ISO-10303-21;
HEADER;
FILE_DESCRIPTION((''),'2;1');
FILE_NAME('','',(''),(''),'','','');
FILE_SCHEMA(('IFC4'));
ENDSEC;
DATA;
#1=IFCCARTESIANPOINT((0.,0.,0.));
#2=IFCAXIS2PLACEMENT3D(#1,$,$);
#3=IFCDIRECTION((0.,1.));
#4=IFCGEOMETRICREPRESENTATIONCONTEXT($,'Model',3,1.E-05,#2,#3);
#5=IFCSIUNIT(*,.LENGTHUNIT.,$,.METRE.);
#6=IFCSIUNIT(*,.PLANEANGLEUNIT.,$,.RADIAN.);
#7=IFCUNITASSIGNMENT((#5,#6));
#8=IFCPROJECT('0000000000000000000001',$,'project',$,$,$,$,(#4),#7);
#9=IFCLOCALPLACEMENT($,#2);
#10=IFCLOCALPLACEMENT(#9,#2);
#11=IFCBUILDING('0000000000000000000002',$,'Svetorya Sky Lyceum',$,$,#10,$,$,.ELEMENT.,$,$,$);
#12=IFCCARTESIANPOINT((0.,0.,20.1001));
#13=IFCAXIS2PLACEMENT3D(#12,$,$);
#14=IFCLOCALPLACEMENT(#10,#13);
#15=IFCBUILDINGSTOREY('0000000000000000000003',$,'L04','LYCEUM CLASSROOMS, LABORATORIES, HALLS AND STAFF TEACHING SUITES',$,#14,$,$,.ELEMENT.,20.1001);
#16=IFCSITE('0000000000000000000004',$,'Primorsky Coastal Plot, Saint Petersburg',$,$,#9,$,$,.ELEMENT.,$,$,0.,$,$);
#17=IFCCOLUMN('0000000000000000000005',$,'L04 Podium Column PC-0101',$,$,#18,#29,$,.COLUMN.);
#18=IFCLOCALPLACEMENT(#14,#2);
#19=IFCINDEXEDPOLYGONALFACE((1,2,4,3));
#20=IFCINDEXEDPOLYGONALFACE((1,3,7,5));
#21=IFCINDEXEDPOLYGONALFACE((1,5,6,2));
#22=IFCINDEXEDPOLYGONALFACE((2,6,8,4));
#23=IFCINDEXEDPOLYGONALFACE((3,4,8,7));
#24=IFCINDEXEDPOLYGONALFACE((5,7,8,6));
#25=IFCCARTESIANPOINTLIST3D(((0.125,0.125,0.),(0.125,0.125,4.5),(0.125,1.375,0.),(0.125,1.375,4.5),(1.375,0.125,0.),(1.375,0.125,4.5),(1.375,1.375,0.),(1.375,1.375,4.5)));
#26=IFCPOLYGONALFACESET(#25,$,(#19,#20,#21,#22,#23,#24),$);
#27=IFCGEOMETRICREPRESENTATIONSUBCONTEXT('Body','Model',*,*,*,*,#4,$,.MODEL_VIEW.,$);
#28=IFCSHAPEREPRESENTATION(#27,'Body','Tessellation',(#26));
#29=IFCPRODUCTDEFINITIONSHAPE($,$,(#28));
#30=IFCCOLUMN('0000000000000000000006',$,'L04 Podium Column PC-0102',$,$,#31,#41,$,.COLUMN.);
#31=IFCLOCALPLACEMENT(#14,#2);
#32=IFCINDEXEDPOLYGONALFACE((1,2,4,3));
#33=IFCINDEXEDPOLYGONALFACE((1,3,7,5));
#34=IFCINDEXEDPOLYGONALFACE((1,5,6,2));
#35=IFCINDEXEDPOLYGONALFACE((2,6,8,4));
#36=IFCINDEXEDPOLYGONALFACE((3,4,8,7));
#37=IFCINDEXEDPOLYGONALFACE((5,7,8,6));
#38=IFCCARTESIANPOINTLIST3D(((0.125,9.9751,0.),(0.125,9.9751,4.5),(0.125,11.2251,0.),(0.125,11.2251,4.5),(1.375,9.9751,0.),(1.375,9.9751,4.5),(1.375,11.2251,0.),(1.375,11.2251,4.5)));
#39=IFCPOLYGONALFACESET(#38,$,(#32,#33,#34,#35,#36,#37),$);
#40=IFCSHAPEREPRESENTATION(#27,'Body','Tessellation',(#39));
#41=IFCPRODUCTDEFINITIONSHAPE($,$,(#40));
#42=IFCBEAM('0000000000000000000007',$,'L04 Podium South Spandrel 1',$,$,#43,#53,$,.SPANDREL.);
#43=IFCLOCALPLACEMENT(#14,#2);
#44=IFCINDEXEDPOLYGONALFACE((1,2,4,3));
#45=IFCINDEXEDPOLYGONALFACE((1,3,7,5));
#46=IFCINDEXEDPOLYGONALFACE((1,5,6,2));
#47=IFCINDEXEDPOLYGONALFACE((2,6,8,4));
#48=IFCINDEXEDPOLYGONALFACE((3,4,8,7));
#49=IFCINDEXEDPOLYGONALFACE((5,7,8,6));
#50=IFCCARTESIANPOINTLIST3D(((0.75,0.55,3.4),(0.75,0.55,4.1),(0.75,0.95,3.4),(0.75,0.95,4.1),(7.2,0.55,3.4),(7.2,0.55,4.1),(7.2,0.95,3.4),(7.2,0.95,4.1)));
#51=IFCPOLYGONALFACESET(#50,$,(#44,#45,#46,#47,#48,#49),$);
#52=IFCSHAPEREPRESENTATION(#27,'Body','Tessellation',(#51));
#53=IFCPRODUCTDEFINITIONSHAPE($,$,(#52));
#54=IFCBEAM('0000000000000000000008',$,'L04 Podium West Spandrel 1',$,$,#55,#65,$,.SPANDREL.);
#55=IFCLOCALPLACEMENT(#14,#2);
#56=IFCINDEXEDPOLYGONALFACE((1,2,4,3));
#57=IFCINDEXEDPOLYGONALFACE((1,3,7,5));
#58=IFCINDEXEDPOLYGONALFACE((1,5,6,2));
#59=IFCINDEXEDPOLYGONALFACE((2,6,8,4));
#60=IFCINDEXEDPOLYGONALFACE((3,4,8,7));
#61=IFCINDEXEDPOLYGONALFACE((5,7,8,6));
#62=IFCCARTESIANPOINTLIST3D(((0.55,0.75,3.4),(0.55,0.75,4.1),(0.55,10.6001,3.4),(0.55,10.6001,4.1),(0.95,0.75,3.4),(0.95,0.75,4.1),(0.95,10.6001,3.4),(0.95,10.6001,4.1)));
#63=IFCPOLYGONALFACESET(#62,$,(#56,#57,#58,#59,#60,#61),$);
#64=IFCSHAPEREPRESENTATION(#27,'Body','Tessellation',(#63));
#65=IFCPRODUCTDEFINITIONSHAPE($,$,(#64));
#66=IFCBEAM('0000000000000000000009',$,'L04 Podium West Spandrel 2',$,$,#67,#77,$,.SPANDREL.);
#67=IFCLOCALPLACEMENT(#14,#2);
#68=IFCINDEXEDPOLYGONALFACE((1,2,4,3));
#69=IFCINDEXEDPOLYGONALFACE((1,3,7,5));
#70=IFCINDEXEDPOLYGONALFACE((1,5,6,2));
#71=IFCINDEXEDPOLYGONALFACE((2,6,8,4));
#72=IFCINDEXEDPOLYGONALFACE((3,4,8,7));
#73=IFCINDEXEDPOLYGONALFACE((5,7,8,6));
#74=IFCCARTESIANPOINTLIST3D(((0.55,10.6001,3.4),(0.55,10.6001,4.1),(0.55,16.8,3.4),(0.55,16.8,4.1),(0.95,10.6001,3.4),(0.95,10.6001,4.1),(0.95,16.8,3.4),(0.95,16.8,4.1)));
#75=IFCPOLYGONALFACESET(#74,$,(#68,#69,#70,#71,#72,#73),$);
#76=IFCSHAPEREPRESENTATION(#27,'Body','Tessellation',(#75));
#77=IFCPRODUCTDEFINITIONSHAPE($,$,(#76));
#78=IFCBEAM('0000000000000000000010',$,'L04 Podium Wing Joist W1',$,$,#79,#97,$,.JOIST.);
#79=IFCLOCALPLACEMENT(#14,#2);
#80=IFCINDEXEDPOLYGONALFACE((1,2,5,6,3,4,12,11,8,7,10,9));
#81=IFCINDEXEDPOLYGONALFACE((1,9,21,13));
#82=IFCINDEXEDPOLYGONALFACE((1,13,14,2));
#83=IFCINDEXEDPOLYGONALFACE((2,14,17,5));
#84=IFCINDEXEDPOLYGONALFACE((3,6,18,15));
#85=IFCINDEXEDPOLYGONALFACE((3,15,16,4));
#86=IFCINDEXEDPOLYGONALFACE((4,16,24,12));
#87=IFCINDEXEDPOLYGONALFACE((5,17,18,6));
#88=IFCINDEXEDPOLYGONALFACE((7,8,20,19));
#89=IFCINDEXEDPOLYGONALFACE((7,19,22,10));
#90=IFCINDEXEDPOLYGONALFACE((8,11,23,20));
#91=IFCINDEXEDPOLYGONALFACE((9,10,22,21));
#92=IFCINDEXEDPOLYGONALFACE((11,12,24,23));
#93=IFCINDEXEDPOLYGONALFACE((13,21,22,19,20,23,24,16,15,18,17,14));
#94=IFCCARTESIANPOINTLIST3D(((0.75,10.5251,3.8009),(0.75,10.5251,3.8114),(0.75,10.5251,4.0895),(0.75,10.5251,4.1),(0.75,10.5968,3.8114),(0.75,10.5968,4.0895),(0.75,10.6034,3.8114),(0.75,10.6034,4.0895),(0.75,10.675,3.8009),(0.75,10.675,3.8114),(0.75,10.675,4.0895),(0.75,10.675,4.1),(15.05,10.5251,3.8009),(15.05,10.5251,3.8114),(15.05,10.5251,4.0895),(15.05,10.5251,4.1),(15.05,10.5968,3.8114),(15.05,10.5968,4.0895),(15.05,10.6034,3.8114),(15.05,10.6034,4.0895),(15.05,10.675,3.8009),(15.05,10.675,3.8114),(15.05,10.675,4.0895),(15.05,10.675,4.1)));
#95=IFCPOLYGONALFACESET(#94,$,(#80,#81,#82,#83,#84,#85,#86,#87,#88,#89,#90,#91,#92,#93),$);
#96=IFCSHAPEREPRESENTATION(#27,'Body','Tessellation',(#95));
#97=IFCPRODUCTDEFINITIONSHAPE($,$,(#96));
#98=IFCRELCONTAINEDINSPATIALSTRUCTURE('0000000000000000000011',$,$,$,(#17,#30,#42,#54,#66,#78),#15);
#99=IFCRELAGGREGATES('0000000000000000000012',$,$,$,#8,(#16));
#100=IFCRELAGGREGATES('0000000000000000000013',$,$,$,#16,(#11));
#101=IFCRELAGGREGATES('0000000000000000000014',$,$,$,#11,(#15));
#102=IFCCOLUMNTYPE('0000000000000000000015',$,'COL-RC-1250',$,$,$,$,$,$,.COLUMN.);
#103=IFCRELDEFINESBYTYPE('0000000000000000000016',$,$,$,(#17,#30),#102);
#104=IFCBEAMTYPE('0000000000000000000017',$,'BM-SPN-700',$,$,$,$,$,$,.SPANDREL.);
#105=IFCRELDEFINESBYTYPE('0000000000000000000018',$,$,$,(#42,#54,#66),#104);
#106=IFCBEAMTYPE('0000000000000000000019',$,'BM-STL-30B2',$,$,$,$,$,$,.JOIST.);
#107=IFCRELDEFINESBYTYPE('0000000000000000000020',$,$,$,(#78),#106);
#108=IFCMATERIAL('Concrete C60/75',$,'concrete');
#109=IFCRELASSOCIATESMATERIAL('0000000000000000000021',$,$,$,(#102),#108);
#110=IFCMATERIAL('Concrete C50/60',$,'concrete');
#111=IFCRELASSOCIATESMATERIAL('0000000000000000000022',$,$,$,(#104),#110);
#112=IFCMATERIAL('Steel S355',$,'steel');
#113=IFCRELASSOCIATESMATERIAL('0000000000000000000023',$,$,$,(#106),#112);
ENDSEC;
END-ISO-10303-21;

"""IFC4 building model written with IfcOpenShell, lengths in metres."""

from ifc_helpers import new_model, si_unit, direction, frame, origin, origin_2d, place, context, subcontext, project, spatial, rectangle, i_section, extrude, material, material_profile, profile_set, type_object, element, save


model = new_model("IFC4")

# Units and contexts
model_context = context("Model", 3, precision=1e-05, world=origin(), true_north=direction((0.0, 1.0)))
body_context = subcontext(model_context, "Body", "Model", "MODEL_VIEW")
ifc_project = project(units=[si_unit("LENGTHUNIT", "METRE"), si_unit("PLANEANGLEUNIT", "RADIAN")], contexts=[model_context])

# Site, building, storey
site_placement = place(None, origin())
site = spatial("IfcSite", under=ifc_project, at=site_placement, Name="Primorsky Coastal Plot, Saint Petersburg", CompositionType="ELEMENT", RefElevation=0.0)
building_placement = place(site_placement, origin())
building = spatial("IfcBuilding", under=site, at=building_placement, Name="Svetorya Sky Lyceum", CompositionType="ELEMENT")
storey_placement = place(building_placement, frame((0.0, 0.0, 20.1001)))
storey = spatial("IfcBuildingStorey", under=building, at=storey_placement, Name="L04", Description="LYCEUM CLASSROOMS, LABORATORIES, HALLS AND STAFF TEACHING SUITES", CompositionType="ELEMENT", Elevation=20.1001)

# Columns
ifc_material_1 = material(Name="Concrete C60/75", Category="concrete")
ifc_material_profile_1 = material_profile(ifc_material_1, rectangle(XDim=1.25, YDim=1.25, at=origin_2d()), Name="RC COL 1250x1250")
ifc_profile_set_1 = profile_set([ifc_material_profile_1], Name="Concrete C60/75")
column_type = type_object("IfcColumnType", Name="COL-RC-1250", PredefinedType="COLUMN", material=ifc_profile_set_1)
for number, where, z_axis, x_axis, name in (
    (1, (0.75, 0.75, 0.0), (0.0, 0.0, 1.0), (1.0, 0.0, 0.0), "L04 Podium Column PC-0101"),
    (2, (0.75, 10.6001, 0.0), (0.0, 0.0, 1.0), (1.0, 0.0, 0.0), "L04 Podium Column PC-0102"),
):
    element("IfcColumn", number, at=place(storey_placement, frame(where, z_axis=z_axis, x_axis=x_axis)), inside=storey, type_object=column_type, Name=name, PredefinedType="COLUMN", context=body_context, shape_type="SweptSolid", body=[
        extrude(rectangle(XDim=1.25, YDim=1.25, at=origin_2d()), origin(), (0.0, 0.0, 1.0), 4.5),
    ])

# Beams
ifc_material_2 = material(Name="Concrete C50/60", Category="concrete")
ifc_material_profile_2 = material_profile(ifc_material_2, rectangle(XDim=0.3999, YDim=0.7, at=origin_2d()), Name="RC SPANDREL 400x700")
ifc_profile_set_2 = profile_set([ifc_material_profile_2], Name="Concrete C50/60")
beam_type_1 = type_object("IfcBeamType", Name="BM-SPN-700", PredefinedType="SPANDREL", material=ifc_profile_set_2)
beam_1_placement = place(storey_placement, frame((0.75, 0.75, 3.75), z_axis=(1.0, 0.0, 0.0), x_axis=(0.0, 1.0, 0.0)))
element("IfcBeam", 3, at=beam_1_placement, inside=storey, type_object=beam_type_1, Name="L04 Podium South Spandrel 1", PredefinedType="SPANDREL", context=body_context, shape_type="SweptSolid", body=[
    extrude(rectangle(XDim=0.3999, YDim=0.7, at=origin_2d()), origin(), (0.0, 0.0, 1.0), 6.45),
])
beam_2_placement = place(storey_placement, frame((0.75, 0.75, 3.75), z_axis=(0.0, 1.0, 0.0), x_axis=(-1.0, 0.0, 0.0)))
element("IfcBeam", 4, at=beam_2_placement, inside=storey, type_object=beam_type_1, Name="L04 Podium West Spandrel 1", PredefinedType="SPANDREL", context=body_context, shape_type="SweptSolid", body=[
    extrude(rectangle(XDim=0.3999, YDim=0.7, at=origin_2d()), origin(), (0.0, 0.0, 1.0), 9.8501),
])
beam_3_placement = place(storey_placement, frame((0.75, 10.6001, 3.75), z_axis=(0.0, 1.0, 0.0), x_axis=(-1.0, 0.0, 0.0)))
element("IfcBeam", 5, at=beam_3_placement, inside=storey, type_object=beam_type_1, Name="L04 Podium West Spandrel 2", PredefinedType="SPANDREL", context=body_context, shape_type="SweptSolid", body=[
    extrude(rectangle(XDim=0.3999, YDim=0.7, at=origin_2d()), origin(), (0.0, 0.0, 1.0), 6.2),
])
ifc_material_3 = material(Name="Steel S355", Category="steel")
ifc_material_profile_3 = material_profile(ifc_material_3, i_section(OverallWidth=0.1499, OverallDepth=0.2991, WebThickness=0.0066, FlangeThickness=0.0105, at=origin_2d()), Name="GOST 30B2")
ifc_profile_set_3 = profile_set([ifc_material_profile_3], Name="Steel S355")
beam_type_2 = type_object("IfcBeamType", Name="BM-STL-30B2", PredefinedType="JOIST", material=ifc_profile_set_3)
beam_4_placement = place(storey_placement, frame((0.75, 10.6001, 3.9504), z_axis=(1.0, 0.0, 0.0), x_axis=(0.0, 1.0, 0.0)))
element("IfcBeam", 6, at=beam_4_placement, inside=storey, type_object=beam_type_2, Name="L04 Podium Wing Joist W1", PredefinedType="JOIST", context=body_context, shape_type="SweptSolid", body=[
    extrude(i_section(OverallWidth=0.1499, OverallDepth=0.2991, WebThickness=0.0066, FlangeThickness=0.0105, at=origin_2d()), origin(), (0.0, 0.0, 1.0), 14.3),
])

save(model, "model.ifc")
